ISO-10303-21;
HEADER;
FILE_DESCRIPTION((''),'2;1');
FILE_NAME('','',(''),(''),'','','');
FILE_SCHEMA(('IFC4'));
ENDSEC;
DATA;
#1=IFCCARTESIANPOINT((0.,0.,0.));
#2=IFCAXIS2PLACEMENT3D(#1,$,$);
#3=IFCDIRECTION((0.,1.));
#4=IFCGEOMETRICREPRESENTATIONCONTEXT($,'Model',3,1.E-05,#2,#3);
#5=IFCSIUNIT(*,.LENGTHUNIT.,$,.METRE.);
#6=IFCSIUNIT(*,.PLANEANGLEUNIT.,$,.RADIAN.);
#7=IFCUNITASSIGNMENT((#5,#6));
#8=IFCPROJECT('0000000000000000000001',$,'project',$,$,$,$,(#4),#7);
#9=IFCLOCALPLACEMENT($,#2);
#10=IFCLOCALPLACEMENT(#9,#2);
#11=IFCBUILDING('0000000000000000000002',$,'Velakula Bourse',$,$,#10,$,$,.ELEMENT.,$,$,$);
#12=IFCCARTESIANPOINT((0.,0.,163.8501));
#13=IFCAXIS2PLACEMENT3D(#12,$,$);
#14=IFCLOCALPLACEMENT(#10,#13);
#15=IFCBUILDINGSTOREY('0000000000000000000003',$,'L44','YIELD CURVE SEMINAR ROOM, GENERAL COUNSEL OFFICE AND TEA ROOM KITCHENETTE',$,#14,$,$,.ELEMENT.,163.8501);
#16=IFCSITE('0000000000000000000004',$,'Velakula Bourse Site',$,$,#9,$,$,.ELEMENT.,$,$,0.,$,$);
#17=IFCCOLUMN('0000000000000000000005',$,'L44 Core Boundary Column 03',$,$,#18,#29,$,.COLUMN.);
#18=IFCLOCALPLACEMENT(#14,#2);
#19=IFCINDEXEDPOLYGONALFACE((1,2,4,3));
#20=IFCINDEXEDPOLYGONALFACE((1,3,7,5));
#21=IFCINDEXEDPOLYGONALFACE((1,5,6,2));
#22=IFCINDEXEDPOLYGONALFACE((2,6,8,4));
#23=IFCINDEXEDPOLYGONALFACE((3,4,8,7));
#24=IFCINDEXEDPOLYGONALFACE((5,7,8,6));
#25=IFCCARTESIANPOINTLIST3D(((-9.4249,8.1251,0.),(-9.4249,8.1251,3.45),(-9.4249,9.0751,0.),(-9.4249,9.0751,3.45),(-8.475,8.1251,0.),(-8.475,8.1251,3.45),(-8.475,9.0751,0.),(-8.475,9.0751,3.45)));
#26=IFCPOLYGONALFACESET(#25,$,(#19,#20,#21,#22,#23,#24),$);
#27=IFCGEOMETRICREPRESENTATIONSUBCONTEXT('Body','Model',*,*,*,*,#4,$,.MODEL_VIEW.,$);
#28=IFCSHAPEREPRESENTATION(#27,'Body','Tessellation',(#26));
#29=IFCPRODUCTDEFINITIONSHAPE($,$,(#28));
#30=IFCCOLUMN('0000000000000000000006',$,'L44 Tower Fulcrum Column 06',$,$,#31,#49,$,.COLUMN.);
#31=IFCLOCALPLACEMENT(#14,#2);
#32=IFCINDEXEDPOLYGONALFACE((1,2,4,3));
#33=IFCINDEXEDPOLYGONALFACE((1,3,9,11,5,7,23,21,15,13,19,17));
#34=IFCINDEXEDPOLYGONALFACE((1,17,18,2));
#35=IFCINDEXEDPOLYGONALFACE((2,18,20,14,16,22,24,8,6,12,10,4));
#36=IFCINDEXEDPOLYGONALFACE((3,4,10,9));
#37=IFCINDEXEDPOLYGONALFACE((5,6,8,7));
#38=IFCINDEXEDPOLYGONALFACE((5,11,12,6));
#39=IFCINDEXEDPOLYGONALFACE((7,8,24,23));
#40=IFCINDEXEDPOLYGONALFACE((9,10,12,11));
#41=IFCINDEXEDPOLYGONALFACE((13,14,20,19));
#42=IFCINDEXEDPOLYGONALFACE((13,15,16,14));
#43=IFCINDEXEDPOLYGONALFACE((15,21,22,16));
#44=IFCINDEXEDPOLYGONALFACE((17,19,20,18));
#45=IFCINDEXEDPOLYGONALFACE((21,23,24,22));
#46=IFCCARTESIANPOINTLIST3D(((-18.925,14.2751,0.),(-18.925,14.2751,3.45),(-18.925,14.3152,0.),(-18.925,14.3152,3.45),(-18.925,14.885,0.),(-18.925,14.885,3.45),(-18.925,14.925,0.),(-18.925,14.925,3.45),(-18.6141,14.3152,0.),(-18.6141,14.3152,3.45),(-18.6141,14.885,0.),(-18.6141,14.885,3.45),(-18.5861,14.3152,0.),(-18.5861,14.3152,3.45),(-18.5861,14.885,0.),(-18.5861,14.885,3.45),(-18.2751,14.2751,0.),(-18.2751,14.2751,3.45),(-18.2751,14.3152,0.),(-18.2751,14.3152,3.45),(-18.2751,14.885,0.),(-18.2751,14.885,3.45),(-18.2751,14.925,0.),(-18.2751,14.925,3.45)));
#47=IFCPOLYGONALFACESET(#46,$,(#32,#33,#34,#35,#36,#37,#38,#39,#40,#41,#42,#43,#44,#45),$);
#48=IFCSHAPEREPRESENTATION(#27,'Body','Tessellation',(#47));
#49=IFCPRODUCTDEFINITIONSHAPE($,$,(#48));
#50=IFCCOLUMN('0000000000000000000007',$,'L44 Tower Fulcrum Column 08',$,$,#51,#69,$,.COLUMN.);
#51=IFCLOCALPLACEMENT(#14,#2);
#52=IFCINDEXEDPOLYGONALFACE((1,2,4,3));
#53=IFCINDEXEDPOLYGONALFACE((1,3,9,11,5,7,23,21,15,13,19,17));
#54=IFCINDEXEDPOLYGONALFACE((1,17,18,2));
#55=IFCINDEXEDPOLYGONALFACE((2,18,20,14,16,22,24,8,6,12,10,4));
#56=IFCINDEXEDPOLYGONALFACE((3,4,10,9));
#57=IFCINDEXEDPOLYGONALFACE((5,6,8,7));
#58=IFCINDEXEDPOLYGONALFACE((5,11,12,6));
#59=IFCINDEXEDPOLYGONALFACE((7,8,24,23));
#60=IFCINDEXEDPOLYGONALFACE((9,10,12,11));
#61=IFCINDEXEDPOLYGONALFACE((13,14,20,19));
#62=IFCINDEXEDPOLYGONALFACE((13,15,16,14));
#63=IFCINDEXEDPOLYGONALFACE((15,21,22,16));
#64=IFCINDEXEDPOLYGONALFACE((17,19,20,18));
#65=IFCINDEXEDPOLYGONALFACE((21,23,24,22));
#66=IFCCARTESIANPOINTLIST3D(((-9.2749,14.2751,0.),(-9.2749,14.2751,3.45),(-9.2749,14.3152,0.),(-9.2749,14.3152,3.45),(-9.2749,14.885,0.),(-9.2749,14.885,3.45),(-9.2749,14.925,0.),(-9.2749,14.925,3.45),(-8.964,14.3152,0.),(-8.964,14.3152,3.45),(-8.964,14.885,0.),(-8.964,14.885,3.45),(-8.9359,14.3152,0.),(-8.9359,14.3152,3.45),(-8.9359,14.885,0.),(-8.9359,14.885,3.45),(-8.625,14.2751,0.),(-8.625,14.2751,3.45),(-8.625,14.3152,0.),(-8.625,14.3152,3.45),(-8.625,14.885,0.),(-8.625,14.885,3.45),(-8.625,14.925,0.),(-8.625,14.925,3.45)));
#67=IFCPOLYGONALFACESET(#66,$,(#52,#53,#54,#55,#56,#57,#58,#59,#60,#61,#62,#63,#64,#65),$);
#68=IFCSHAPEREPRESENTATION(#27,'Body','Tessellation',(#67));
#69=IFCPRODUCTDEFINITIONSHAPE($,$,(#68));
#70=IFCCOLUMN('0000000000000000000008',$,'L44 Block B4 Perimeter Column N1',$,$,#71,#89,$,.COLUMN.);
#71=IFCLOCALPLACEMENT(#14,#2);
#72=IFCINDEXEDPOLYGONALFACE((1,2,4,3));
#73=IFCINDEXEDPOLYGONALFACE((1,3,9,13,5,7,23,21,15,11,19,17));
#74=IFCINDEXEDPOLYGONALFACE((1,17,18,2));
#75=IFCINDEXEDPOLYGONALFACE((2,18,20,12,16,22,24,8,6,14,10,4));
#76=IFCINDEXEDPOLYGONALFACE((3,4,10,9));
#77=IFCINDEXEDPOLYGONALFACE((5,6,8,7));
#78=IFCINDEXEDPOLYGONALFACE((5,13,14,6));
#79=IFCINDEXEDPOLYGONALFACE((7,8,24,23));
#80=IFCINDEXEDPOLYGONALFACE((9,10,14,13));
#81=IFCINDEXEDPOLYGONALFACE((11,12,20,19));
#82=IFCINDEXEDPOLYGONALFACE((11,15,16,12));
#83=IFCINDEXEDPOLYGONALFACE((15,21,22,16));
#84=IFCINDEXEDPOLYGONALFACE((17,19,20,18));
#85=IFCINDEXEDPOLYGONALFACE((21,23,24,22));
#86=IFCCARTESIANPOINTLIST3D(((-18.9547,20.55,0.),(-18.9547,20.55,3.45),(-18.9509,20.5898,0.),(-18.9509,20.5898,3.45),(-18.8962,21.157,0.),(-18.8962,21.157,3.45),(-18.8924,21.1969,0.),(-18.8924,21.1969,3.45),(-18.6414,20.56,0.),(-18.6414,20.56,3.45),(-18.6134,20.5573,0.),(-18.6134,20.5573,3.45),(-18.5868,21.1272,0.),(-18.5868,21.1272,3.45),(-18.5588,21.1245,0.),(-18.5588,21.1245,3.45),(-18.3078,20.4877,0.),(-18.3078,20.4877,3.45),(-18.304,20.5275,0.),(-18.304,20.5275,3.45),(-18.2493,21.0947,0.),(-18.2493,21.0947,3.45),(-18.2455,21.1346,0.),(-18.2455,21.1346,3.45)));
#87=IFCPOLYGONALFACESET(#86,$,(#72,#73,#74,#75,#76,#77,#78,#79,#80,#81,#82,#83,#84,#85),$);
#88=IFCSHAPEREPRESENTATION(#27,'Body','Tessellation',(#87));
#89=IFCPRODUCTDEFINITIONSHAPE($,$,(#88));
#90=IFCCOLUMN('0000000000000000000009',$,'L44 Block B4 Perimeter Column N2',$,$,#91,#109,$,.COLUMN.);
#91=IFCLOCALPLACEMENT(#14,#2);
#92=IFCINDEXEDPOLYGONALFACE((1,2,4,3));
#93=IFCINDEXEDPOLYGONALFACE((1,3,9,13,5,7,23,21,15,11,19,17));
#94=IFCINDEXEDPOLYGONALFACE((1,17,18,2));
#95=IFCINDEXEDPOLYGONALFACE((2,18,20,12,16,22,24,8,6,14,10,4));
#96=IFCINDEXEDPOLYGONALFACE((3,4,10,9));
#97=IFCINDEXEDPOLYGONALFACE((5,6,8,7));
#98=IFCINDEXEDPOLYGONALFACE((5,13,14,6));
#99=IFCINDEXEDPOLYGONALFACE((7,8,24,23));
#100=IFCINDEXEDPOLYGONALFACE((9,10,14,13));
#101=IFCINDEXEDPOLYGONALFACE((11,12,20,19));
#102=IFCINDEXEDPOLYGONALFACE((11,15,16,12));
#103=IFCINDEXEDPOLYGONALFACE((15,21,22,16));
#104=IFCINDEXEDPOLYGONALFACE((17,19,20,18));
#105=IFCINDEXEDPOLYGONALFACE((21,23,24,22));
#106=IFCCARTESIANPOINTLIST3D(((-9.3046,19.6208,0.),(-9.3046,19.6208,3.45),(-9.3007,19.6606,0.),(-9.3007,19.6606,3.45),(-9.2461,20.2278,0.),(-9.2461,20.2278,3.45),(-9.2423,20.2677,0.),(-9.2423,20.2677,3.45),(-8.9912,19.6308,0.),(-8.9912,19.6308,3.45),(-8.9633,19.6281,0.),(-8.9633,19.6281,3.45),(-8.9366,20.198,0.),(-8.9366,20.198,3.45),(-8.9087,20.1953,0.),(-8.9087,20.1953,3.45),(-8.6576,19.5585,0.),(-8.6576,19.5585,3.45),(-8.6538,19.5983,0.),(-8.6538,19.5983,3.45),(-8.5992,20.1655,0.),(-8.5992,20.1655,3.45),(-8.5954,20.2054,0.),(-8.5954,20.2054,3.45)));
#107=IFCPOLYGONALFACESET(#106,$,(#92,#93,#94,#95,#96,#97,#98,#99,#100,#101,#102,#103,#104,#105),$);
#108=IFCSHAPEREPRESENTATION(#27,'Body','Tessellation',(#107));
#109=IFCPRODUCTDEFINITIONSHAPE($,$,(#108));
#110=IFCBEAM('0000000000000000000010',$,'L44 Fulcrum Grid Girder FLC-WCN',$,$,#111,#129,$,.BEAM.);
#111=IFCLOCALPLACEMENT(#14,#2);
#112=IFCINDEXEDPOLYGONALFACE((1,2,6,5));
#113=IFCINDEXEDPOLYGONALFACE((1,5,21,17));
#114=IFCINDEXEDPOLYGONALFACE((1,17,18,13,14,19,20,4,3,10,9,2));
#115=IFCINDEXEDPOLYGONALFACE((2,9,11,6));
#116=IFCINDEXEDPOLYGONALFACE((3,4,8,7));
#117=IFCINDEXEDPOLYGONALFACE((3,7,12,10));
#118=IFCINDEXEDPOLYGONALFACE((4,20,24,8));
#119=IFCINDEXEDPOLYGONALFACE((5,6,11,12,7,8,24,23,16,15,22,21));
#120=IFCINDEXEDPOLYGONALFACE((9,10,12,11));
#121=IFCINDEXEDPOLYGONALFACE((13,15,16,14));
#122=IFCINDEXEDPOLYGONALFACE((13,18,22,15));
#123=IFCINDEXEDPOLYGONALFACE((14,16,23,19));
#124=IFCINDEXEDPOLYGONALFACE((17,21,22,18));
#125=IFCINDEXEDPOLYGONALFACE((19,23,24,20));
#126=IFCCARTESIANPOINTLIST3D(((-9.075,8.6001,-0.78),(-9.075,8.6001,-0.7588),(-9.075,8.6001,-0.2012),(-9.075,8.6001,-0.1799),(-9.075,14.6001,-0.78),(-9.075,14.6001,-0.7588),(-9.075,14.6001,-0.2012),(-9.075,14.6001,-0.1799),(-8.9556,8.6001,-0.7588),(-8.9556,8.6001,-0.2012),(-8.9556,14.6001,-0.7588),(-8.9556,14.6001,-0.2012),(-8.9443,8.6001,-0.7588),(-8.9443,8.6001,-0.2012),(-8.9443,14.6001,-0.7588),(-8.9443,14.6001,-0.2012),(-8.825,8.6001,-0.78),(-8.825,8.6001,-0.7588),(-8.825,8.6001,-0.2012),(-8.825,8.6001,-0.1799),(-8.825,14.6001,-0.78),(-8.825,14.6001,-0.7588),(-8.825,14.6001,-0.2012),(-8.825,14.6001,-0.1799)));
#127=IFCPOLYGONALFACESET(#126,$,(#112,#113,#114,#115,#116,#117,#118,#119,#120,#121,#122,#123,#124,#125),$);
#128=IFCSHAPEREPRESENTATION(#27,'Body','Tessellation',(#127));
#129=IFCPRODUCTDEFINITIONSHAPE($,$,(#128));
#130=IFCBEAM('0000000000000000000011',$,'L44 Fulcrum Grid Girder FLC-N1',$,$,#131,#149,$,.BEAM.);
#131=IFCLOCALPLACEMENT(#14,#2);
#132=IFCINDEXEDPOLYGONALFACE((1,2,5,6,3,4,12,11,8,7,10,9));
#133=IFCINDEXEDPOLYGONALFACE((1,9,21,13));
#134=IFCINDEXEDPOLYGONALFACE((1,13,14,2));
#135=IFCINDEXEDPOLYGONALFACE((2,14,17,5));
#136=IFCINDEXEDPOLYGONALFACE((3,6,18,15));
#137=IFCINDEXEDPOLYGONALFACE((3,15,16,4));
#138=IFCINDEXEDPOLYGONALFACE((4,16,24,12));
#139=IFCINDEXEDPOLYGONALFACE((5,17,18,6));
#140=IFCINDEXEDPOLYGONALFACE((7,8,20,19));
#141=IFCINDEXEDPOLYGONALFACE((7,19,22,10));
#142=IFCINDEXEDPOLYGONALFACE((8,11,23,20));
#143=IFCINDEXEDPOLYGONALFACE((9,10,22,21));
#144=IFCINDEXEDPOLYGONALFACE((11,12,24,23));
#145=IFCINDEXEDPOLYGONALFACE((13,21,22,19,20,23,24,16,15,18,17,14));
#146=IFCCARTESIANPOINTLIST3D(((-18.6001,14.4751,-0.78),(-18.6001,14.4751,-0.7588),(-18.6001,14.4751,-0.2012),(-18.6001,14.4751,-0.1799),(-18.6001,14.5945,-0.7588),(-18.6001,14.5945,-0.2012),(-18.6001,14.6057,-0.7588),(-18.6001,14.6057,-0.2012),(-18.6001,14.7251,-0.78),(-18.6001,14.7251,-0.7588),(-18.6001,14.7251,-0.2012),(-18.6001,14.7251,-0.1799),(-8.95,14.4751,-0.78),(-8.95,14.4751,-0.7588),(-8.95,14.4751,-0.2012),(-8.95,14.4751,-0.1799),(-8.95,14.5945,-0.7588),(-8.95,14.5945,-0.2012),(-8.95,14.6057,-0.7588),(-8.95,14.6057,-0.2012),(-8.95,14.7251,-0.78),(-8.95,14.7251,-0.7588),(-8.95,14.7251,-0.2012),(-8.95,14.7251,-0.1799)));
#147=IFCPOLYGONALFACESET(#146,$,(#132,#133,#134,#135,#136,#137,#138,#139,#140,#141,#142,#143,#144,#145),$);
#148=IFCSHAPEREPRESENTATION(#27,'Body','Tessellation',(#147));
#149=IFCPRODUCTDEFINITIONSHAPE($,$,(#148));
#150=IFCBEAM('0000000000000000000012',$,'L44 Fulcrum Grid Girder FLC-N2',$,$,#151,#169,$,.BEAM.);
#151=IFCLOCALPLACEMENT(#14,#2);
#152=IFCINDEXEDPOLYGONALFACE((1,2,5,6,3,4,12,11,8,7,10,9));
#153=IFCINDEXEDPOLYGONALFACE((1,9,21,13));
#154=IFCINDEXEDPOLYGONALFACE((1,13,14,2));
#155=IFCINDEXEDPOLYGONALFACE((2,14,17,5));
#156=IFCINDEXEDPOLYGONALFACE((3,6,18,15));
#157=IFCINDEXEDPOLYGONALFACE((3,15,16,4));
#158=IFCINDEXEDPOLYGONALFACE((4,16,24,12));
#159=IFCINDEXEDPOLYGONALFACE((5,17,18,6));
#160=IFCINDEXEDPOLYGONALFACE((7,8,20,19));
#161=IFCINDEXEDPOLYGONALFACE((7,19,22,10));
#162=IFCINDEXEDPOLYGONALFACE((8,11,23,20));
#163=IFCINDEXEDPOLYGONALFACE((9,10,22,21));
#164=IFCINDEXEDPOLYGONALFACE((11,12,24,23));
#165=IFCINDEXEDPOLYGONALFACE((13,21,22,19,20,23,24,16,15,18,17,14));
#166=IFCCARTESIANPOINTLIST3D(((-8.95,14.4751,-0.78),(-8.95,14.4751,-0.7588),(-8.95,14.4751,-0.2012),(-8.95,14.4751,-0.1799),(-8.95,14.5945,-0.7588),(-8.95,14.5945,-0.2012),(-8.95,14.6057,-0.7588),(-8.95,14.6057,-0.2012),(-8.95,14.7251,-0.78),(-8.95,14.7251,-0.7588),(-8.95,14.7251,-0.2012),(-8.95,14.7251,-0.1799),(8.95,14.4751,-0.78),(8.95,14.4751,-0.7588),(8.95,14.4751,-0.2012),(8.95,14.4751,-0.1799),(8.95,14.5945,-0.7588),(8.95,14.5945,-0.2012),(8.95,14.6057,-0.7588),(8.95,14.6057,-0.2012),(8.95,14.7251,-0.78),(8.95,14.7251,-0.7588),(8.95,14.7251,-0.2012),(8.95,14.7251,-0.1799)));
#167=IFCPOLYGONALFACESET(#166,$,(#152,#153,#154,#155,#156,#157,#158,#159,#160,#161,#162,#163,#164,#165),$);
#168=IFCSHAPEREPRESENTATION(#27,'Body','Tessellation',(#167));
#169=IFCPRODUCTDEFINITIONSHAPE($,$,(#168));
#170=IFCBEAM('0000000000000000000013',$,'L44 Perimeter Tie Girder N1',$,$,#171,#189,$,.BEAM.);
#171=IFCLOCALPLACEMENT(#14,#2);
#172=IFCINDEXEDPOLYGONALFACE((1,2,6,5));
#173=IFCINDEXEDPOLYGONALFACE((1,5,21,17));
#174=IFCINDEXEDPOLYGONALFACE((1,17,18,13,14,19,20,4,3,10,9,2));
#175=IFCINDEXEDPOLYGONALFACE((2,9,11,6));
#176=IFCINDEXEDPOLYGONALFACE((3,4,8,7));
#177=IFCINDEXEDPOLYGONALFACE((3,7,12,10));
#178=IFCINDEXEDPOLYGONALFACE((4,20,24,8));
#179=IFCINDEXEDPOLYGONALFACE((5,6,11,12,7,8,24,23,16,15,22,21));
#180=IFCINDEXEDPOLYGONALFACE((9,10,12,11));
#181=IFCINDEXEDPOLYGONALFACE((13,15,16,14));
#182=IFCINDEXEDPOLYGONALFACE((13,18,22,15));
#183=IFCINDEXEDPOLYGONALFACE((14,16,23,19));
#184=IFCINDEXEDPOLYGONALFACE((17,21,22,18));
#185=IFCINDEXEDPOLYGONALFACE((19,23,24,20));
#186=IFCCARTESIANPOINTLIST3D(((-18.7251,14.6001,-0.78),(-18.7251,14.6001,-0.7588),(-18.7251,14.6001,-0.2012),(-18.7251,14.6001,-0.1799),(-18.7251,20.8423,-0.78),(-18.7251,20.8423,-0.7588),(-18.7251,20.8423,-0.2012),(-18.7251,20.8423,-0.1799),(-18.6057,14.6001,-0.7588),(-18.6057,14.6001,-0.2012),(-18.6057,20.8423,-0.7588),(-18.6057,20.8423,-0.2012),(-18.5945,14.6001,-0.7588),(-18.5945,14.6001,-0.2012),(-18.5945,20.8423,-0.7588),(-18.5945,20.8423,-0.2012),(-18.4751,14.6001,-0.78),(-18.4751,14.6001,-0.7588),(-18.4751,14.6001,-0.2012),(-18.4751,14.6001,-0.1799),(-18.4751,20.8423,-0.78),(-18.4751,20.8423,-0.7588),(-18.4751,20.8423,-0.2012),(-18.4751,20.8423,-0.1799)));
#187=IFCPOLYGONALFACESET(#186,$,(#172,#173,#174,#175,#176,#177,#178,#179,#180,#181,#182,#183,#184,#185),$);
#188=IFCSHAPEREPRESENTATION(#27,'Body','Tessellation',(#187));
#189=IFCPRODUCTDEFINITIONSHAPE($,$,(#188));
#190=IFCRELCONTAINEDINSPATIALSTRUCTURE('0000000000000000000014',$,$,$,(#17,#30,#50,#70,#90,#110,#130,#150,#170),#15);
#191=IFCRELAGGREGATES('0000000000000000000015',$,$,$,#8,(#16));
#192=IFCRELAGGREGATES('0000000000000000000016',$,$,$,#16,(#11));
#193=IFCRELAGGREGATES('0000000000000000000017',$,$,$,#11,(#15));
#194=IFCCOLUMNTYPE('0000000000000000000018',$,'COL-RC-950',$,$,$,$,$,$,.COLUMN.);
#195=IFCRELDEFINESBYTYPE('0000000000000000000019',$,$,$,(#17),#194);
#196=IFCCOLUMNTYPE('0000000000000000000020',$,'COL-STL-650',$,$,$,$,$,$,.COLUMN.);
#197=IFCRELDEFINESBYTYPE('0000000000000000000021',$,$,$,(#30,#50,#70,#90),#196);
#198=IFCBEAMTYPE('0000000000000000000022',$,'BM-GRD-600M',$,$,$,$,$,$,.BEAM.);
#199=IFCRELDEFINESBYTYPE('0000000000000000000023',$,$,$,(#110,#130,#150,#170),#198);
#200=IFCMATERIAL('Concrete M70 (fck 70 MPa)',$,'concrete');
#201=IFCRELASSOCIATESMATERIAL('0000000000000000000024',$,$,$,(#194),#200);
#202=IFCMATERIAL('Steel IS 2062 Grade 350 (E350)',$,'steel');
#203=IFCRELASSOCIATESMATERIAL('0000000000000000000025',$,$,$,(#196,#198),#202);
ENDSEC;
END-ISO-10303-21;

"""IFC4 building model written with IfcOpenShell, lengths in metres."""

from ifc_helpers import new_model, si_unit, direction, frame, origin, origin_2d, place, context, subcontext, project, spatial, rectangle, i_section, extrude, material, material_profile, profile_set, type_object, element, save


model = new_model("IFC4")

# Units and contexts
model_context = context("Model", 3, precision=1e-05, world=origin(), true_north=direction((0.0, 1.0)))
body_context = subcontext(model_context, "Body", "Model", "MODEL_VIEW")
ifc_project = project(units=[si_unit("LENGTHUNIT", "METRE"), si_unit("PLANEANGLEUNIT", "RADIAN")], contexts=[model_context])

# Site, building, storey
site_placement = place(None, origin())
site = spatial("IfcSite", under=ifc_project, at=site_placement, Name="Velakula Bourse Site", CompositionType="ELEMENT", RefElevation=0.0)
building_placement = place(site_placement, origin())
building = spatial("IfcBuilding", under=site, at=building_placement, Name="Velakula Bourse", CompositionType="ELEMENT")
storey_placement = place(building_placement, frame((0.0, 0.0, 163.8501)))
storey = spatial("IfcBuildingStorey", under=building, at=storey_placement, Name="L44", Description="YIELD CURVE SEMINAR ROOM, GENERAL COUNSEL OFFICE AND TEA ROOM KITCHENETTE", CompositionType="ELEMENT", Elevation=163.8501)

# Columns
ifc_material_1 = material(Name="Concrete M70 (fck 70 MPa)", Category="concrete")
ifc_material_profile_1 = material_profile(ifc_material_1, rectangle(XDim=0.95, YDim=0.95, at=origin_2d()), Name="Concrete M70 (fck 70 MPa)")
ifc_profile_set_1 = profile_set([ifc_material_profile_1], Name="Concrete M70 (fck 70 MPa)")
column_type_1 = type_object("IfcColumnType", Name="COL-RC-950", PredefinedType="COLUMN", material=ifc_profile_set_1)
column_placement = place(storey_placement, frame((-8.95, 8.6001, 0.0), z_axis=(0.0, 0.0, 1.0), x_axis=(1.0, 0.0, 0.0)))
element("IfcColumn", 1, at=column_placement, inside=storey, type_object=column_type_1, Name="L44 Core Boundary Column 03", PredefinedType="COLUMN", context=body_context, shape_type="SweptSolid", body=[
    extrude(rectangle(XDim=0.95, YDim=0.95, at=origin_2d()), origin(), (0.0, 0.0, 1.0), 3.45),
])
ifc_material_2 = material(Name="Steel IS 2062 Grade 350 (E350)", Category="steel")
ifc_material_profile_2 = material_profile(ifc_material_2, i_section(OverallWidth=0.6499, OverallDepth=0.6499, WebThickness=0.0281, FlangeThickness=0.04, at=origin_2d()), Name="Steel IS 2062 Grade 350 (E350)")
ifc_profile_set_2 = profile_set([ifc_material_profile_2], Name="Steel IS 2062 Grade 350 (E350)")
column_type_2 = type_object("IfcColumnType", Name="COL-STL-650", PredefinedType="COLUMN", material=ifc_profile_set_2)
for number, where, z_axis, x_axis, name in (
    (2, (-18.6001, 14.6001, 0.0), (0.0, 0.0, 1.0), (1.0, 0.0, 0.0), "L44 Tower Fulcrum Column 06"),
    (3, (-8.95, 14.6001, 0.0), (0.0, 0.0, 1.0), (1.0, 0.0, 0.0), "L44 Tower Fulcrum Column 08"),
    (4, (-18.6001, 20.8423, 0.0), (0.0, 0.0, 1.0), (0.995396, -0.095846, 0.0), "L44 Block B4 Perimeter Column N1"),
    (5, (-8.95, 19.9131, 0.0), (0.0, 0.0, 1.0), (0.995396, -0.095846, 0.0), "L44 Block B4 Perimeter Column N2"),
):
    element("IfcColumn", number, at=place(storey_placement, frame(where, z_axis=z_axis, x_axis=x_axis)), inside=storey, type_object=column_type_2, Name=name, PredefinedType="COLUMN", context=body_context, shape_type="SweptSolid", body=[
        extrude(i_section(OverallWidth=0.6499, OverallDepth=0.6499, WebThickness=0.0281, FlangeThickness=0.04, at=origin_2d()), origin(), (0.0, 0.0, 1.0), 3.45),
    ])

# Beams
ifc_material_profile_3 = material_profile(ifc_material_2, i_section(OverallWidth=0.25, OverallDepth=0.6001, WebThickness=0.0112, FlangeThickness=0.0212, at=origin_2d()), Name="Steel IS 2062 Grade 350 (E350)")
ifc_profile_set_3 = profile_set([ifc_material_profile_3], Name="Steel IS 2062 Grade 350 (E350)")
beam_type_1 = type_object("IfcBeamType", Name="BM-GRD-600M", PredefinedType="BEAM", material=ifc_profile_set_3)
beam_1_placement = place(storey_placement, frame((-8.95, 8.6001, -0.48), z_axis=(0.0, 1.0, 0.0), x_axis=(-1.0, 0.0, 0.0)))
element("IfcBeam", 6, at=beam_1_placement, inside=storey, type_object=beam_type_1, Name="L44 Fulcrum Grid Girder FLC-WCN", PredefinedType="BEAM", context=body_context, shape_type="SweptSolid", body=[
    extrude(i_section(OverallWidth=0.25, OverallDepth=0.6001, WebThickness=0.0112, FlangeThickness=0.0212, at=origin_2d()), origin(), (0.0, 0.0, 1.0), 6.0),
])
beam_2_placement = place(storey_placement, frame((-18.6001, 14.6001, -0.48), z_axis=(1.0, 0.0, 0.0), x_axis=(0.0, 1.0, 0.0)))
element("IfcBeam", 7, at=beam_2_placement, inside=storey, type_object=beam_type_1, Name="L44 Fulcrum Grid Girder FLC-N1", PredefinedType="BEAM", context=body_context, shape_type="SweptSolid", body=[
    extrude(i_section(OverallWidth=0.25, OverallDepth=0.6001, WebThickness=0.0112, FlangeThickness=0.0212, at=origin_2d()), origin(), (0.0, 0.0, 1.0), 9.6501),
])
beam_3_placement = place(storey_placement, frame((-8.95, 14.6001, -0.48), z_axis=(1.0, 0.0, 0.0), x_axis=(0.0, 1.0, 0.0)))
element("IfcBeam", 8, at=beam_3_placement, inside=storey, type_object=beam_type_1, Name="L44 Fulcrum Grid Girder FLC-N2", PredefinedType="BEAM", context=body_context, shape_type="SweptSolid", body=[
    extrude(i_section(OverallWidth=0.25, OverallDepth=0.6001, WebThickness=0.0112, FlangeThickness=0.0212, at=origin_2d()), origin(), (0.0, 0.0, 1.0), 17.8999),
])
beam_4_placement = place(storey_placement, frame((-18.6001, 14.6001, -0.48), z_axis=(0.0, 1.0, 0.0), x_axis=(-1.0, 0.0, 0.0)))
element("IfcBeam", 9, at=beam_4_placement, inside=storey, type_object=beam_type_1, Name="L44 Perimeter Tie Girder N1", PredefinedType="BEAM", context=body_context, shape_type="SweptSolid", body=[
    extrude(i_section(OverallWidth=0.25, OverallDepth=0.6001, WebThickness=0.0112, FlangeThickness=0.0212, at=origin_2d()), origin(), (0.0, 0.0, 1.0), 6.2422),
])

save(model, "model.ifc")
